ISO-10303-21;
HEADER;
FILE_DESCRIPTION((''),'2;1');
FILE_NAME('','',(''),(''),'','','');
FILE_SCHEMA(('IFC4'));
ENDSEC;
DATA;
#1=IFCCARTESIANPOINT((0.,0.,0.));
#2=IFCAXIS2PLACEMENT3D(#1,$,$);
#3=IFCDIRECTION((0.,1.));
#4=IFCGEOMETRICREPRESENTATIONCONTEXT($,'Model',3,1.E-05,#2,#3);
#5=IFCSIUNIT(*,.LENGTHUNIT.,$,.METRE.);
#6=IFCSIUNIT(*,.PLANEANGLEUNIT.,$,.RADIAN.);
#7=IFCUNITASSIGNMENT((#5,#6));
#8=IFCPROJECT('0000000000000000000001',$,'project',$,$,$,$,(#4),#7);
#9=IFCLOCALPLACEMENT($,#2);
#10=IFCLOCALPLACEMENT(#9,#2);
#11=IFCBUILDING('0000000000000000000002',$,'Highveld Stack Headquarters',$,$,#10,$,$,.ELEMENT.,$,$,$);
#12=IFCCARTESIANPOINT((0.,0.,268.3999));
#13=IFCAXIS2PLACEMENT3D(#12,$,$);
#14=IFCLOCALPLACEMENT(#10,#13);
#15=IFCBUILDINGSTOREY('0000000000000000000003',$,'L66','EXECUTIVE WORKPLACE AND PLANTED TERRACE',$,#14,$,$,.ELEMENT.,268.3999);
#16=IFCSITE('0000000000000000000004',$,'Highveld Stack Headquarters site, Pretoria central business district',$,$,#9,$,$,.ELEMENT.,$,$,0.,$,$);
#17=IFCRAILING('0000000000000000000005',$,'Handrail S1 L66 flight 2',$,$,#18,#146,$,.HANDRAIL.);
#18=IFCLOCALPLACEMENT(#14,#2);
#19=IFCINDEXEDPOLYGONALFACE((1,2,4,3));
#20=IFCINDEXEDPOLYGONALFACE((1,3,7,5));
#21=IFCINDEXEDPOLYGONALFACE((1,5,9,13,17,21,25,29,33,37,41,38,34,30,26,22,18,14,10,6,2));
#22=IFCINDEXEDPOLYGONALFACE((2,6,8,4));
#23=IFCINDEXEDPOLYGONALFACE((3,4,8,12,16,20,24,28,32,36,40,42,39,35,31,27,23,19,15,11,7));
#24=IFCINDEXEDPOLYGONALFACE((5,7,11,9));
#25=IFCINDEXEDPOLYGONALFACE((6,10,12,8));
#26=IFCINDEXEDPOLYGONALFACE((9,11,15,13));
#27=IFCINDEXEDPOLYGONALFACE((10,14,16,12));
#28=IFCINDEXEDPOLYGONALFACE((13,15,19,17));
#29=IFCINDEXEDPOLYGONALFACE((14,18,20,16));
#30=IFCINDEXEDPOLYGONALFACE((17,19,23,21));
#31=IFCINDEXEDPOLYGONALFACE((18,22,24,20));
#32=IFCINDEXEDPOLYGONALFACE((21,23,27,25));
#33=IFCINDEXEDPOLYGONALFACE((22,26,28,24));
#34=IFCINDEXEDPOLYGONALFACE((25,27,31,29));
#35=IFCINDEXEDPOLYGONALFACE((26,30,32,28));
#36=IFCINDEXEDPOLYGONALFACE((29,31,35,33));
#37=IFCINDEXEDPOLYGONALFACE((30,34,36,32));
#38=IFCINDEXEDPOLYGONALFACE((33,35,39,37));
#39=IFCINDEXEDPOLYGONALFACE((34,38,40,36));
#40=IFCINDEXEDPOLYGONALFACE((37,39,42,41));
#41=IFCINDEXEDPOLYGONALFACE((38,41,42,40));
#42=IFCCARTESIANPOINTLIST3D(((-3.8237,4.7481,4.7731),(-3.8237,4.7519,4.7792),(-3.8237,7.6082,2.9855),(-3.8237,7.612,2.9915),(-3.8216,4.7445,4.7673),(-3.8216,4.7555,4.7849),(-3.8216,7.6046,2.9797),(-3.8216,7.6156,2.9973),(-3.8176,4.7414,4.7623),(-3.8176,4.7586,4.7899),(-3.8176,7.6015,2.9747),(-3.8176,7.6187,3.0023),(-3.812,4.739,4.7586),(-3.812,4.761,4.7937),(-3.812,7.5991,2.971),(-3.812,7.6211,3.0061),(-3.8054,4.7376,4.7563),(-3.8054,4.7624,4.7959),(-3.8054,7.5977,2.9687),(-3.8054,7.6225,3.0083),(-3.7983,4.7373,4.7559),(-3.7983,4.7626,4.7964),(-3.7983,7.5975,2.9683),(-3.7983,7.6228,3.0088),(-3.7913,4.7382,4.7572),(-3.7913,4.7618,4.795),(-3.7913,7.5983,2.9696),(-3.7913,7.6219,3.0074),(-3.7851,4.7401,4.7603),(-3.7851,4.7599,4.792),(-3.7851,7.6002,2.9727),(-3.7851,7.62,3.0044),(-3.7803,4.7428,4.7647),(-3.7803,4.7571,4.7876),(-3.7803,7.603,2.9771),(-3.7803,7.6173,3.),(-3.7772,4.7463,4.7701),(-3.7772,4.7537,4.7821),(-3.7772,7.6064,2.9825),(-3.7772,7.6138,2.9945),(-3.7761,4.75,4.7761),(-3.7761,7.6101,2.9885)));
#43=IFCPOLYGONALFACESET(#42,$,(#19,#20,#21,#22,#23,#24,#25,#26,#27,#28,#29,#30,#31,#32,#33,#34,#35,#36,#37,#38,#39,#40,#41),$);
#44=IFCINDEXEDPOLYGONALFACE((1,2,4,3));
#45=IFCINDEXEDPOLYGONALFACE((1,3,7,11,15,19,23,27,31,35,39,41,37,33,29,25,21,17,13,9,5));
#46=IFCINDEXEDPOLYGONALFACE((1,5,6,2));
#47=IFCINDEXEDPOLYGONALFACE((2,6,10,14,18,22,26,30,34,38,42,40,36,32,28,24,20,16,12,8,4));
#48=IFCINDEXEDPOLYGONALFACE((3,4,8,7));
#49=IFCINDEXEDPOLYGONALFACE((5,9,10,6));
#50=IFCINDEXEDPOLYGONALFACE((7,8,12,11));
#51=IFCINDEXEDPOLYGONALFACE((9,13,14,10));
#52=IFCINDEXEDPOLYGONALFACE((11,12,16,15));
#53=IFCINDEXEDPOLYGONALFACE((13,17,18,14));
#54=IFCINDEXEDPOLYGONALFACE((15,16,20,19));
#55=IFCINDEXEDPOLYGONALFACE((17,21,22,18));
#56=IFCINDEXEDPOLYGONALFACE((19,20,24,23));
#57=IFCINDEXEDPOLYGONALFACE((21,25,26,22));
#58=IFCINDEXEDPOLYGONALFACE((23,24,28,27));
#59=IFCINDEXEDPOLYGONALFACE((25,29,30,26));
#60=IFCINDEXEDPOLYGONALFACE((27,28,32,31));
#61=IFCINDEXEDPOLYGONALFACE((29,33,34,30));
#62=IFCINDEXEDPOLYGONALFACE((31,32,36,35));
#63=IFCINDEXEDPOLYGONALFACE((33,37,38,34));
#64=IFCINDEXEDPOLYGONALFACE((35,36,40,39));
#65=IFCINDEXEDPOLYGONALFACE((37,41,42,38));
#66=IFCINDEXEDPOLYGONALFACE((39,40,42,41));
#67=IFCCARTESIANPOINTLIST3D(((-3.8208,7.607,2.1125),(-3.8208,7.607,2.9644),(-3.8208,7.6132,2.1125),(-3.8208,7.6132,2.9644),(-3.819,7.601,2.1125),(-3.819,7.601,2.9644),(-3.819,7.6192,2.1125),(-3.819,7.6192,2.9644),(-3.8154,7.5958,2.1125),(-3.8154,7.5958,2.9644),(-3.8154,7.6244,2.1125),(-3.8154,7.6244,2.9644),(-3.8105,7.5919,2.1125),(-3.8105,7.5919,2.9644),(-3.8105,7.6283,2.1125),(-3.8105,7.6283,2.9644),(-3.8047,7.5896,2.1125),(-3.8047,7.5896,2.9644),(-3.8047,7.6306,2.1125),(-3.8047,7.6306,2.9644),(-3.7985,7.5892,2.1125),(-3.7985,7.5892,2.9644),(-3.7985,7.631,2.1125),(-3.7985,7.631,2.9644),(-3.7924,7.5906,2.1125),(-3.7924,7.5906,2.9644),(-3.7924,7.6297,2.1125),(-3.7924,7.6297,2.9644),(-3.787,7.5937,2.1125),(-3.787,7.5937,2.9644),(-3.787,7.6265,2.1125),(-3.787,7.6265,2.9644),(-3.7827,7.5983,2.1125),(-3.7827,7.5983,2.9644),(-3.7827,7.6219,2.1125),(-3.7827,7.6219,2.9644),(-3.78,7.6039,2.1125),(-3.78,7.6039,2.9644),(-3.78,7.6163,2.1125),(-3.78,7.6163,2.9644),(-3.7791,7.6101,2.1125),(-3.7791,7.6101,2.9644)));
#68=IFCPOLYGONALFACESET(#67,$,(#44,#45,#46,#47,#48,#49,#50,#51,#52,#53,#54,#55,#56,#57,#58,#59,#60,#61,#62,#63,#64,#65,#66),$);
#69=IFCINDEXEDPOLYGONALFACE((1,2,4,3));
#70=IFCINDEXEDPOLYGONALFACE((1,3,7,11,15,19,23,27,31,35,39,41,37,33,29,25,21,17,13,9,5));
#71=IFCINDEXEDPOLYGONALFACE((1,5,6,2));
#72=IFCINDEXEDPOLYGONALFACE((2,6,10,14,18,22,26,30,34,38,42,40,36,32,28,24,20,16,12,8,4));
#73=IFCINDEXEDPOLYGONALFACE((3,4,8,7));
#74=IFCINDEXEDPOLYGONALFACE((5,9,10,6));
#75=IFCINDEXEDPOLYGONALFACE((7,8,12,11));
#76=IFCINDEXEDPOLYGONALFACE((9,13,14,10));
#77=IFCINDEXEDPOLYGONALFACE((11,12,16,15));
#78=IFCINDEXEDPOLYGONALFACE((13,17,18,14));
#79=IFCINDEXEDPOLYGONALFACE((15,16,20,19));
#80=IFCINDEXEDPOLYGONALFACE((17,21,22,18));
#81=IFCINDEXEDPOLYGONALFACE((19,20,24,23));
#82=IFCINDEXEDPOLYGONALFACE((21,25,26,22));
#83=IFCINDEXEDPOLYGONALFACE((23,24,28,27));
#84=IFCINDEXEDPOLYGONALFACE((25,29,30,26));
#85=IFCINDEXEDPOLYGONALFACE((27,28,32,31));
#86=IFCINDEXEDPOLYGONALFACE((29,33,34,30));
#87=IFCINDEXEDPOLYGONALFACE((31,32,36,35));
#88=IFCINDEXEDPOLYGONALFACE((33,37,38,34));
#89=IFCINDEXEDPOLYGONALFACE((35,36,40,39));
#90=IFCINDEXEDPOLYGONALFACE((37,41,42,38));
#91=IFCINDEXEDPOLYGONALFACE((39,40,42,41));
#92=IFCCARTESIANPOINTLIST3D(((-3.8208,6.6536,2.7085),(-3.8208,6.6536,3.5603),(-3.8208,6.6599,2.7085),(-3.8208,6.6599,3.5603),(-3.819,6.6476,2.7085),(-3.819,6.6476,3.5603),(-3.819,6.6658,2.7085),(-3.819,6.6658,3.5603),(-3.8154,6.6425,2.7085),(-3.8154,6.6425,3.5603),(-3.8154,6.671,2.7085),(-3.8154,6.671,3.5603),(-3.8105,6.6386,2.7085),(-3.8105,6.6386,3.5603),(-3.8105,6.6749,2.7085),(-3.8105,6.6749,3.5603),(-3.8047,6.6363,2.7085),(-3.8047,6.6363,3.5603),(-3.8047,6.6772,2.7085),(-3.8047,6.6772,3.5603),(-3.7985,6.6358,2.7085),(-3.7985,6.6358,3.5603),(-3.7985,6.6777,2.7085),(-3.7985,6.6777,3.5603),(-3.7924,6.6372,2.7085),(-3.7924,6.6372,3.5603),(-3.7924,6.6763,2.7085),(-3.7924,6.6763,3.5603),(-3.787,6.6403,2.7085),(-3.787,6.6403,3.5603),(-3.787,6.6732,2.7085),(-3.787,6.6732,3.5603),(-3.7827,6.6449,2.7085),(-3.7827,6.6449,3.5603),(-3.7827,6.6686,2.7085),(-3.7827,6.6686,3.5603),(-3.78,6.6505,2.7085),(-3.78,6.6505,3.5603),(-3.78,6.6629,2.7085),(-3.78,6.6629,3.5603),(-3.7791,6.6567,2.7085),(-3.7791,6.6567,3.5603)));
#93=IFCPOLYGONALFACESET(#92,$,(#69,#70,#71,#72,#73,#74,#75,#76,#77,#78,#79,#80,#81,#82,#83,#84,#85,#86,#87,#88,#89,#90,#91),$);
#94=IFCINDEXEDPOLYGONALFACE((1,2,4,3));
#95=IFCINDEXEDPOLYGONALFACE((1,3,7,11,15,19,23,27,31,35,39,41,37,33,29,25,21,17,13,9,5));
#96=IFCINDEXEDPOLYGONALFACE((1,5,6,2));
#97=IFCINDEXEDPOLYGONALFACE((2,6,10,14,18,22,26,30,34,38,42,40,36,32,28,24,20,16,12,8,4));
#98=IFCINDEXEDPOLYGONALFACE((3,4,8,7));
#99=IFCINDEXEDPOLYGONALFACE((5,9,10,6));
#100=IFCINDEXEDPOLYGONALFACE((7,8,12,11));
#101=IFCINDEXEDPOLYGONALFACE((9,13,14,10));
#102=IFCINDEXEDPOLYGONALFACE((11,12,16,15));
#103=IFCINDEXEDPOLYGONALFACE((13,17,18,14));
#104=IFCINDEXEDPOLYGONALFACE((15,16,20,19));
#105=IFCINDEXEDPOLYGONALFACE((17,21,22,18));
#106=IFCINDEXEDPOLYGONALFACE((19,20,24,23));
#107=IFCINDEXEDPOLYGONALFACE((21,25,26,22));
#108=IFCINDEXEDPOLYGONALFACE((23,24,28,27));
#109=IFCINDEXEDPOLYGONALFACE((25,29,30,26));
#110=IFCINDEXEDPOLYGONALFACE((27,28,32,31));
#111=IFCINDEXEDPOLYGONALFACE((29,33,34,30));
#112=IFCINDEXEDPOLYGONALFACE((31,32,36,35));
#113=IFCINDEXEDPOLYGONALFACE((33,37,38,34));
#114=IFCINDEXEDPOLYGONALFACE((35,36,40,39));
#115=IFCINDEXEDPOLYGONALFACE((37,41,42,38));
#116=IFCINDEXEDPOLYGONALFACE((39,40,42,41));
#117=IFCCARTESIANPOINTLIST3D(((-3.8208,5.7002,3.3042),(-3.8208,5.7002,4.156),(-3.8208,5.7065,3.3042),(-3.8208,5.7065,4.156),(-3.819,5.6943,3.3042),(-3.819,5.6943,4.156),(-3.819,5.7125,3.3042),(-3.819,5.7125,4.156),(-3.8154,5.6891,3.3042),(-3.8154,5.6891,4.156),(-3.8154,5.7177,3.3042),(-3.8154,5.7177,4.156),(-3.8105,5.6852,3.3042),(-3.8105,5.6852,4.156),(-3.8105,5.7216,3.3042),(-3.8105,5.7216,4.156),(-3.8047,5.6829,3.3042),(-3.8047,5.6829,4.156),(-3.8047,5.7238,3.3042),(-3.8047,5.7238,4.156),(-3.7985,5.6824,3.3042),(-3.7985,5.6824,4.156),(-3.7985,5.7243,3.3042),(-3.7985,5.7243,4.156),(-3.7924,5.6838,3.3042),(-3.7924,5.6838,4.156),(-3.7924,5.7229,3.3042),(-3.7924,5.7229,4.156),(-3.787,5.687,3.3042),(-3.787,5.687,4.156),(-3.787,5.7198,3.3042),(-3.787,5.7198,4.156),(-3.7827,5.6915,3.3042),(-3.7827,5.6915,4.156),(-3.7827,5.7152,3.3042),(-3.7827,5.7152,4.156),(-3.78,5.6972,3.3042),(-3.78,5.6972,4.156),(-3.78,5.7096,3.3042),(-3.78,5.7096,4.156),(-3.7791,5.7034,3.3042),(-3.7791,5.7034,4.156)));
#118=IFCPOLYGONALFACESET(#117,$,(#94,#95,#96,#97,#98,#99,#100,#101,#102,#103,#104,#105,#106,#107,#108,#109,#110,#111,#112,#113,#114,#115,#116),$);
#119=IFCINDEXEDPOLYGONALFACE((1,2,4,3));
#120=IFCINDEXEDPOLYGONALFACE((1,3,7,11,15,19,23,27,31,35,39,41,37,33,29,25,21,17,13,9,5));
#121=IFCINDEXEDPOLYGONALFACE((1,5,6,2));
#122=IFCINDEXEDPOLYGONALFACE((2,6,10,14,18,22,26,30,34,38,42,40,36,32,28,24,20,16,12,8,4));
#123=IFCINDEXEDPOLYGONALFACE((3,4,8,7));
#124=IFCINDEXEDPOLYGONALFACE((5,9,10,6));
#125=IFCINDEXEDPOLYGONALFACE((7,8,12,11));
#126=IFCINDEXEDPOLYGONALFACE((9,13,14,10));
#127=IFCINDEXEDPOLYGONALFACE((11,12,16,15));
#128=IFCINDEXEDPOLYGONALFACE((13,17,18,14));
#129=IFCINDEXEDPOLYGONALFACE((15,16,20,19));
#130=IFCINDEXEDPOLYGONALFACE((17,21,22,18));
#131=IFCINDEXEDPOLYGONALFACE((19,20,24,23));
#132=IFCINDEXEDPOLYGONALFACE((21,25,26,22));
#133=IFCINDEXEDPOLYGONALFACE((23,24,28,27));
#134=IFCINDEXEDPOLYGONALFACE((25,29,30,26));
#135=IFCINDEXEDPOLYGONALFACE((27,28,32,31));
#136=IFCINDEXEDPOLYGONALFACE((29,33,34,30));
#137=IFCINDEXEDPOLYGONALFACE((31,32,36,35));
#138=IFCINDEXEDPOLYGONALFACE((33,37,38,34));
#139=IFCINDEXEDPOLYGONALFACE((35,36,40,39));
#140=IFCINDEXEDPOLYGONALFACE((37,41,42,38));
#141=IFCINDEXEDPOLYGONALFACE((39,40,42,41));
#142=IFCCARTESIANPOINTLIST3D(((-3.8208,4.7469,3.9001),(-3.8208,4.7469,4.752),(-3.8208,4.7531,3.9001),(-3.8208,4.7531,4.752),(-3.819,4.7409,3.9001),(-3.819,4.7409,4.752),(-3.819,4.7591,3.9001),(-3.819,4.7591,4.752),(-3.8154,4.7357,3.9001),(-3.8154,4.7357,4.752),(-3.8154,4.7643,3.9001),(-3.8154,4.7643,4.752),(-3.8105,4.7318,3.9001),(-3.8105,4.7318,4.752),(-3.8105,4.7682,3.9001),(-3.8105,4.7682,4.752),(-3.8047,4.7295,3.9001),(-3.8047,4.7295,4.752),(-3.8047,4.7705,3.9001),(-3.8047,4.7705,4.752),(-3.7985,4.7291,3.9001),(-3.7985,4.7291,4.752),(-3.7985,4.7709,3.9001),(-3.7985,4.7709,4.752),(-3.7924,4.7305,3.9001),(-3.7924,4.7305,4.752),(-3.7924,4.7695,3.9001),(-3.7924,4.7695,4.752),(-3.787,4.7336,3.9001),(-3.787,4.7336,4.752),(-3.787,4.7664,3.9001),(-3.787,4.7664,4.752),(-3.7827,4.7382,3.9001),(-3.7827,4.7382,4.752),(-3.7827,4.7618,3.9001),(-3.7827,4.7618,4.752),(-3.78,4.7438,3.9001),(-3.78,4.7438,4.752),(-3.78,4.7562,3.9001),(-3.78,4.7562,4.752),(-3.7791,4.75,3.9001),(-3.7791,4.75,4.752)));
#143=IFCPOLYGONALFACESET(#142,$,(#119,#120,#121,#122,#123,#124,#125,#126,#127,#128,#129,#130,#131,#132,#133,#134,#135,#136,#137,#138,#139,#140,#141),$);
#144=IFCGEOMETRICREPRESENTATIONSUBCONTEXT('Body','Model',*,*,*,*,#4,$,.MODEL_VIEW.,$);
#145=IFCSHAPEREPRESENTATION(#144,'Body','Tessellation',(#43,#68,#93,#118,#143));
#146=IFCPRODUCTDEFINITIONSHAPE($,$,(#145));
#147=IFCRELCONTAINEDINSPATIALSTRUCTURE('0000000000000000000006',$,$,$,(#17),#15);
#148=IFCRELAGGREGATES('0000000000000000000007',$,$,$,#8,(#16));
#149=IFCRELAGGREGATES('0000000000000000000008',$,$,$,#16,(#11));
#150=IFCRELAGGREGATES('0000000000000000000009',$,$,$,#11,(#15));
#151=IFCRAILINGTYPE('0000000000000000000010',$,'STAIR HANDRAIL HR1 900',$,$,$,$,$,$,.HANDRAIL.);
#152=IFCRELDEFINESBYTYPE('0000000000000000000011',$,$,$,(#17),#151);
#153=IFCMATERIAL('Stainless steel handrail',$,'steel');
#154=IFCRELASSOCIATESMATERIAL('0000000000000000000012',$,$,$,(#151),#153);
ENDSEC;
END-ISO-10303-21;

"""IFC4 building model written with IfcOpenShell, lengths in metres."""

from ifc_helpers import new_model, si_unit, direction, frame, origin, origin_2d, place, context, subcontext, project, spatial, circle, extrude, material, type_object, element, save


model = new_model("IFC4")

# Units and contexts
model_context = context("Model", 3, precision=1e-05, world=origin(), true_north=direction((0.0, 1.0)))
body_context = subcontext(model_context, "Body", "Model", "MODEL_VIEW")
ifc_project = project(units=[si_unit("LENGTHUNIT", "METRE"), si_unit("PLANEANGLEUNIT", "RADIAN")], contexts=[model_context])

# Site, building, storey
site_placement = place(None, origin())
site = spatial("IfcSite", under=ifc_project, at=site_placement, Name="Highveld Stack Headquarters site, Pretoria central business district", CompositionType="ELEMENT", RefElevation=0.0)
building_placement = place(site_placement, origin())
building = spatial("IfcBuilding", under=site, at=building_placement, Name="Highveld Stack Headquarters", CompositionType="ELEMENT")
storey_placement = place(building_placement, frame((0.0, 0.0, 268.3999)))
storey = spatial("IfcBuildingStorey", under=building, at=storey_placement, Name="L66", Description="EXECUTIVE WORKPLACE AND PLANTED TERRACE", CompositionType="ELEMENT", Elevation=268.3999)

# Railing
ifc_material_1 = material(Name="Stainless steel handrail", Category="steel")
railing_type = type_object("IfcRailingType", Name="STAIR HANDRAIL HR1 900", PredefinedType="HANDRAIL", material=ifc_material_1)
for number, where, name in (
    (1, (-3.8, 7.6101, 2.1125), "Handrail S1 L66 flight 2"),
):
    element("IfcRailing", number, at=place(storey_placement, frame(where)), inside=storey, type_object=railing_type, Name=name, PredefinedType="HANDRAIL", context=body_context, shape_type="SweptSolid", body=[
        extrude(circle(Radius=0.0239, at=origin_2d()), frame((0.0, 0.0, 0.876), z_axis=(0.0, -0.847994, 0.530005), x_axis=(1.0, 0.0, 0.0)), (0.0, 0.0, 1.0), 3.3728),
        extrude(circle(Radius=0.021, at=origin_2d()), origin(), (0.0, 0.0, 1.0), 0.8518),
        extrude(circle(Radius=0.021, at=origin_2d()), frame((0.0, -0.9534, 0.5959)), (0.0, 0.0, 1.0), 0.8518),
        extrude(circle(Radius=0.021, at=origin_2d()), frame((0.0, -1.9067, 1.1917)), (0.0, 0.0, 1.0), 0.8518),
        extrude(circle(Radius=0.021, at=origin_2d()), frame((0.0, -2.8601, 1.7876)), (0.0, 0.0, 1.0), 0.8518),
    ])

save(model, "model.ifc")
